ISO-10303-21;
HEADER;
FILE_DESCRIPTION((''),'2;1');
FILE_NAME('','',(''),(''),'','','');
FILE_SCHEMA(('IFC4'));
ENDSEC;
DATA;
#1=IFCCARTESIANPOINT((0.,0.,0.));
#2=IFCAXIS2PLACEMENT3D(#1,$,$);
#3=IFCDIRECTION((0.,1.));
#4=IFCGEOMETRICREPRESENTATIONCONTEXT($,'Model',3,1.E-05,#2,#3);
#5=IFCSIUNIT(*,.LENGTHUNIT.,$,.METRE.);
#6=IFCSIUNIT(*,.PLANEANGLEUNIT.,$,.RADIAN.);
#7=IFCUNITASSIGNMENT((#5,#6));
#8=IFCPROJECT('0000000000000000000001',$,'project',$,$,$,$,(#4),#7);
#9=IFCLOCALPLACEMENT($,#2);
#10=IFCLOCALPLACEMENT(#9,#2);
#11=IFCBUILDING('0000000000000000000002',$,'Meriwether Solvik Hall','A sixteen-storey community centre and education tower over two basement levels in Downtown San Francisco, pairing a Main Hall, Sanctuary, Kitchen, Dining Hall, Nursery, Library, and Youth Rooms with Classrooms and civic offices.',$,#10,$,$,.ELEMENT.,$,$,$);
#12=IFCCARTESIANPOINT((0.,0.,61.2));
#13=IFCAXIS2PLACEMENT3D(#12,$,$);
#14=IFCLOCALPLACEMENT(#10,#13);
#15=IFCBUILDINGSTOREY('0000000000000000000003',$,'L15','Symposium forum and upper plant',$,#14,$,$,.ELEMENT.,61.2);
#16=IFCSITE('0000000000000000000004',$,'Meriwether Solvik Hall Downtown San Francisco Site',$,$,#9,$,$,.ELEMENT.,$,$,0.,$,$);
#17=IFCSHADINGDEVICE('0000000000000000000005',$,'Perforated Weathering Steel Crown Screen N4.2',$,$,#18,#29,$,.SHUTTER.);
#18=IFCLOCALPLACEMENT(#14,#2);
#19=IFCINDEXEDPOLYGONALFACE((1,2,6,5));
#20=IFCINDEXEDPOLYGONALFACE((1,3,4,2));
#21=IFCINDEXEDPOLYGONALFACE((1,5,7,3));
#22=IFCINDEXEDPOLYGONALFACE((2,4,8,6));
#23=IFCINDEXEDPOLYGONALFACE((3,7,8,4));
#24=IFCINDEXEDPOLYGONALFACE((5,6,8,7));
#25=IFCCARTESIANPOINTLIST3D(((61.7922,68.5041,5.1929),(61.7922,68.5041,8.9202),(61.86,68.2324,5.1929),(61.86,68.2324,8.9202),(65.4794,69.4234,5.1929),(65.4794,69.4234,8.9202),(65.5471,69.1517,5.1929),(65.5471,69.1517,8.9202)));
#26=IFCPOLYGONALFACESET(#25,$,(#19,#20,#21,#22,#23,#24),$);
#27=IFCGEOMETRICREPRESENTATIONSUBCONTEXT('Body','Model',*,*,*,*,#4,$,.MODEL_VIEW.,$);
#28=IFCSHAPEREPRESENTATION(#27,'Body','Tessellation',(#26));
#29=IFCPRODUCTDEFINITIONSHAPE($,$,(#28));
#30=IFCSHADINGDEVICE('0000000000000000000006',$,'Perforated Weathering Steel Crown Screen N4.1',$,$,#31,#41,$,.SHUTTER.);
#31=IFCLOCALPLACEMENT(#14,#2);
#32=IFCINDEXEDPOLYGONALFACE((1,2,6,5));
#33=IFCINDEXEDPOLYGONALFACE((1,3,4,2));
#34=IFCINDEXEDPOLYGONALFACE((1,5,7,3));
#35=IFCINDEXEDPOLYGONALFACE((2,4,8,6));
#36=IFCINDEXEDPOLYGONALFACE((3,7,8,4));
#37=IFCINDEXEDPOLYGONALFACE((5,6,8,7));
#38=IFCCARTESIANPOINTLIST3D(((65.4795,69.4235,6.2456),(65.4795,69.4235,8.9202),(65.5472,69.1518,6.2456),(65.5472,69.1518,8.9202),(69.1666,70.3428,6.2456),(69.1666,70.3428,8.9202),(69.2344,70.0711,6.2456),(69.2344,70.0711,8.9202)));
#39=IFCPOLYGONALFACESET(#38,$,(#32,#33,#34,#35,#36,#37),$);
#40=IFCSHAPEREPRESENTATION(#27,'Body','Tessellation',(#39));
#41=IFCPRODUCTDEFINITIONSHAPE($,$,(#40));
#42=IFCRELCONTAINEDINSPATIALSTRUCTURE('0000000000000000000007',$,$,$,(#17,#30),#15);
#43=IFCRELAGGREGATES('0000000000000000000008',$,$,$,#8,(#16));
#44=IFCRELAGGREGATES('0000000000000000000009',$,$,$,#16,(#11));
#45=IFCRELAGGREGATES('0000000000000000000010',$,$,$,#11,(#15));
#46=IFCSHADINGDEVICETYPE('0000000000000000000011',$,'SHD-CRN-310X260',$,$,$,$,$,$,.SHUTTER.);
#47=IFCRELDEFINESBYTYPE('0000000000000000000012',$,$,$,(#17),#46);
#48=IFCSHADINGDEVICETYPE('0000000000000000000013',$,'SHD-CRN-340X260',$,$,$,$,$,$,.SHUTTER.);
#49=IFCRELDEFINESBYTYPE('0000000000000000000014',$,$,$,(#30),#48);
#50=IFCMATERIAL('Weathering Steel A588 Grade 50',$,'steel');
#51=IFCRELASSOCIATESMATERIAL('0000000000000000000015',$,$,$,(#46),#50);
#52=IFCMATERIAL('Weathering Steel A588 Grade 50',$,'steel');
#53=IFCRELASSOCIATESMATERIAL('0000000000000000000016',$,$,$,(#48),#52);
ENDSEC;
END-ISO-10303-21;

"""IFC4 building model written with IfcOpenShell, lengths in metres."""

from ifc_helpers import new_model, si_unit, direction, frame, origin, origin_2d, place, context, subcontext, project, spatial, rectangle, extrude, material, type_object, element, save


model = new_model("IFC4")

# Units and contexts
model_context = context("Model", 3, precision=1e-05, world=origin(), true_north=direction((0.0, 1.0)))
body_context = subcontext(model_context, "Body", "Model", "MODEL_VIEW")
ifc_project = project(units=[si_unit("LENGTHUNIT", "METRE"), si_unit("PLANEANGLEUNIT", "RADIAN")], contexts=[model_context])

# Site, building, storey
site_placement = place(None, origin())
site = spatial("IfcSite", under=ifc_project, at=site_placement, Name="Meriwether Solvik Hall Downtown San Francisco Site", CompositionType="ELEMENT", RefElevation=0.0)
building_placement = place(site_placement, origin())
building = spatial("IfcBuilding", under=site, at=building_placement, Name="Meriwether Solvik Hall", Description="A sixteen-storey community centre and education tower over two basement levels in Downtown San Francisco, pairing a Main Hall, Sanctuary, Kitchen, Dining Hall, Nursery, Library, and Youth Rooms with Classrooms and civic offices.", CompositionType="ELEMENT")
storey_placement = place(building_placement, frame((0.0, 0.0, 61.2)))
storey = spatial("IfcBuildingStorey", under=building, at=storey_placement, Name="L15", Description="Symposium forum and upper plant", CompositionType="ELEMENT", Elevation=61.2)

# Shading devices
ifc_material_1 = material(Name="Weathering Steel A588 Grade 50", Category="steel")
shading_device_type_1 = type_object("IfcShadingDeviceType", Name="SHD-CRN-310X260", PredefinedType="SHUTTER", material=ifc_material_1)
shading_device_1_placement = place(storey_placement, frame((63.6697, 68.8279, 5.1929), z_axis=(0.0, 0.0, 1.0), x_axis=(-0.970296, -0.241922, 0.0)))
element("IfcShadingDevice", 1, at=shading_device_1_placement, inside=storey, type_object=shading_device_type_1, Name="Perforated Weathering Steel Crown Screen N4.2", PredefinedType="SHUTTER", context=body_context, shape_type="SweptSolid", body=[
    extrude(rectangle(XDim=3.8, YDim=0.28, at=origin_2d()), origin(), (0.0, 0.0, 1.0), 3.7273),
])
ifc_material_2 = material(Name="Weathering Steel A588 Grade 50", Category="steel")
shading_device_type_2 = type_object("IfcShadingDeviceType", Name="SHD-CRN-340X260", PredefinedType="SHUTTER", material=ifc_material_2)
shading_device_2_placement = place(storey_placement, frame((67.3569, 69.7473, 6.2456), z_axis=(0.0, 0.0, 1.0), x_axis=(-0.970296, -0.241922, 0.0)))
element("IfcShadingDevice", 2, at=shading_device_2_placement, inside=storey, type_object=shading_device_type_2, Name="Perforated Weathering Steel Crown Screen N4.1", PredefinedType="SHUTTER", context=body_context, shape_type="SweptSolid", body=[
    extrude(rectangle(XDim=3.8, YDim=0.28, at=origin_2d()), origin(), (0.0, 0.0, 1.0), 2.6746),
])

save(model, "model.ifc")
